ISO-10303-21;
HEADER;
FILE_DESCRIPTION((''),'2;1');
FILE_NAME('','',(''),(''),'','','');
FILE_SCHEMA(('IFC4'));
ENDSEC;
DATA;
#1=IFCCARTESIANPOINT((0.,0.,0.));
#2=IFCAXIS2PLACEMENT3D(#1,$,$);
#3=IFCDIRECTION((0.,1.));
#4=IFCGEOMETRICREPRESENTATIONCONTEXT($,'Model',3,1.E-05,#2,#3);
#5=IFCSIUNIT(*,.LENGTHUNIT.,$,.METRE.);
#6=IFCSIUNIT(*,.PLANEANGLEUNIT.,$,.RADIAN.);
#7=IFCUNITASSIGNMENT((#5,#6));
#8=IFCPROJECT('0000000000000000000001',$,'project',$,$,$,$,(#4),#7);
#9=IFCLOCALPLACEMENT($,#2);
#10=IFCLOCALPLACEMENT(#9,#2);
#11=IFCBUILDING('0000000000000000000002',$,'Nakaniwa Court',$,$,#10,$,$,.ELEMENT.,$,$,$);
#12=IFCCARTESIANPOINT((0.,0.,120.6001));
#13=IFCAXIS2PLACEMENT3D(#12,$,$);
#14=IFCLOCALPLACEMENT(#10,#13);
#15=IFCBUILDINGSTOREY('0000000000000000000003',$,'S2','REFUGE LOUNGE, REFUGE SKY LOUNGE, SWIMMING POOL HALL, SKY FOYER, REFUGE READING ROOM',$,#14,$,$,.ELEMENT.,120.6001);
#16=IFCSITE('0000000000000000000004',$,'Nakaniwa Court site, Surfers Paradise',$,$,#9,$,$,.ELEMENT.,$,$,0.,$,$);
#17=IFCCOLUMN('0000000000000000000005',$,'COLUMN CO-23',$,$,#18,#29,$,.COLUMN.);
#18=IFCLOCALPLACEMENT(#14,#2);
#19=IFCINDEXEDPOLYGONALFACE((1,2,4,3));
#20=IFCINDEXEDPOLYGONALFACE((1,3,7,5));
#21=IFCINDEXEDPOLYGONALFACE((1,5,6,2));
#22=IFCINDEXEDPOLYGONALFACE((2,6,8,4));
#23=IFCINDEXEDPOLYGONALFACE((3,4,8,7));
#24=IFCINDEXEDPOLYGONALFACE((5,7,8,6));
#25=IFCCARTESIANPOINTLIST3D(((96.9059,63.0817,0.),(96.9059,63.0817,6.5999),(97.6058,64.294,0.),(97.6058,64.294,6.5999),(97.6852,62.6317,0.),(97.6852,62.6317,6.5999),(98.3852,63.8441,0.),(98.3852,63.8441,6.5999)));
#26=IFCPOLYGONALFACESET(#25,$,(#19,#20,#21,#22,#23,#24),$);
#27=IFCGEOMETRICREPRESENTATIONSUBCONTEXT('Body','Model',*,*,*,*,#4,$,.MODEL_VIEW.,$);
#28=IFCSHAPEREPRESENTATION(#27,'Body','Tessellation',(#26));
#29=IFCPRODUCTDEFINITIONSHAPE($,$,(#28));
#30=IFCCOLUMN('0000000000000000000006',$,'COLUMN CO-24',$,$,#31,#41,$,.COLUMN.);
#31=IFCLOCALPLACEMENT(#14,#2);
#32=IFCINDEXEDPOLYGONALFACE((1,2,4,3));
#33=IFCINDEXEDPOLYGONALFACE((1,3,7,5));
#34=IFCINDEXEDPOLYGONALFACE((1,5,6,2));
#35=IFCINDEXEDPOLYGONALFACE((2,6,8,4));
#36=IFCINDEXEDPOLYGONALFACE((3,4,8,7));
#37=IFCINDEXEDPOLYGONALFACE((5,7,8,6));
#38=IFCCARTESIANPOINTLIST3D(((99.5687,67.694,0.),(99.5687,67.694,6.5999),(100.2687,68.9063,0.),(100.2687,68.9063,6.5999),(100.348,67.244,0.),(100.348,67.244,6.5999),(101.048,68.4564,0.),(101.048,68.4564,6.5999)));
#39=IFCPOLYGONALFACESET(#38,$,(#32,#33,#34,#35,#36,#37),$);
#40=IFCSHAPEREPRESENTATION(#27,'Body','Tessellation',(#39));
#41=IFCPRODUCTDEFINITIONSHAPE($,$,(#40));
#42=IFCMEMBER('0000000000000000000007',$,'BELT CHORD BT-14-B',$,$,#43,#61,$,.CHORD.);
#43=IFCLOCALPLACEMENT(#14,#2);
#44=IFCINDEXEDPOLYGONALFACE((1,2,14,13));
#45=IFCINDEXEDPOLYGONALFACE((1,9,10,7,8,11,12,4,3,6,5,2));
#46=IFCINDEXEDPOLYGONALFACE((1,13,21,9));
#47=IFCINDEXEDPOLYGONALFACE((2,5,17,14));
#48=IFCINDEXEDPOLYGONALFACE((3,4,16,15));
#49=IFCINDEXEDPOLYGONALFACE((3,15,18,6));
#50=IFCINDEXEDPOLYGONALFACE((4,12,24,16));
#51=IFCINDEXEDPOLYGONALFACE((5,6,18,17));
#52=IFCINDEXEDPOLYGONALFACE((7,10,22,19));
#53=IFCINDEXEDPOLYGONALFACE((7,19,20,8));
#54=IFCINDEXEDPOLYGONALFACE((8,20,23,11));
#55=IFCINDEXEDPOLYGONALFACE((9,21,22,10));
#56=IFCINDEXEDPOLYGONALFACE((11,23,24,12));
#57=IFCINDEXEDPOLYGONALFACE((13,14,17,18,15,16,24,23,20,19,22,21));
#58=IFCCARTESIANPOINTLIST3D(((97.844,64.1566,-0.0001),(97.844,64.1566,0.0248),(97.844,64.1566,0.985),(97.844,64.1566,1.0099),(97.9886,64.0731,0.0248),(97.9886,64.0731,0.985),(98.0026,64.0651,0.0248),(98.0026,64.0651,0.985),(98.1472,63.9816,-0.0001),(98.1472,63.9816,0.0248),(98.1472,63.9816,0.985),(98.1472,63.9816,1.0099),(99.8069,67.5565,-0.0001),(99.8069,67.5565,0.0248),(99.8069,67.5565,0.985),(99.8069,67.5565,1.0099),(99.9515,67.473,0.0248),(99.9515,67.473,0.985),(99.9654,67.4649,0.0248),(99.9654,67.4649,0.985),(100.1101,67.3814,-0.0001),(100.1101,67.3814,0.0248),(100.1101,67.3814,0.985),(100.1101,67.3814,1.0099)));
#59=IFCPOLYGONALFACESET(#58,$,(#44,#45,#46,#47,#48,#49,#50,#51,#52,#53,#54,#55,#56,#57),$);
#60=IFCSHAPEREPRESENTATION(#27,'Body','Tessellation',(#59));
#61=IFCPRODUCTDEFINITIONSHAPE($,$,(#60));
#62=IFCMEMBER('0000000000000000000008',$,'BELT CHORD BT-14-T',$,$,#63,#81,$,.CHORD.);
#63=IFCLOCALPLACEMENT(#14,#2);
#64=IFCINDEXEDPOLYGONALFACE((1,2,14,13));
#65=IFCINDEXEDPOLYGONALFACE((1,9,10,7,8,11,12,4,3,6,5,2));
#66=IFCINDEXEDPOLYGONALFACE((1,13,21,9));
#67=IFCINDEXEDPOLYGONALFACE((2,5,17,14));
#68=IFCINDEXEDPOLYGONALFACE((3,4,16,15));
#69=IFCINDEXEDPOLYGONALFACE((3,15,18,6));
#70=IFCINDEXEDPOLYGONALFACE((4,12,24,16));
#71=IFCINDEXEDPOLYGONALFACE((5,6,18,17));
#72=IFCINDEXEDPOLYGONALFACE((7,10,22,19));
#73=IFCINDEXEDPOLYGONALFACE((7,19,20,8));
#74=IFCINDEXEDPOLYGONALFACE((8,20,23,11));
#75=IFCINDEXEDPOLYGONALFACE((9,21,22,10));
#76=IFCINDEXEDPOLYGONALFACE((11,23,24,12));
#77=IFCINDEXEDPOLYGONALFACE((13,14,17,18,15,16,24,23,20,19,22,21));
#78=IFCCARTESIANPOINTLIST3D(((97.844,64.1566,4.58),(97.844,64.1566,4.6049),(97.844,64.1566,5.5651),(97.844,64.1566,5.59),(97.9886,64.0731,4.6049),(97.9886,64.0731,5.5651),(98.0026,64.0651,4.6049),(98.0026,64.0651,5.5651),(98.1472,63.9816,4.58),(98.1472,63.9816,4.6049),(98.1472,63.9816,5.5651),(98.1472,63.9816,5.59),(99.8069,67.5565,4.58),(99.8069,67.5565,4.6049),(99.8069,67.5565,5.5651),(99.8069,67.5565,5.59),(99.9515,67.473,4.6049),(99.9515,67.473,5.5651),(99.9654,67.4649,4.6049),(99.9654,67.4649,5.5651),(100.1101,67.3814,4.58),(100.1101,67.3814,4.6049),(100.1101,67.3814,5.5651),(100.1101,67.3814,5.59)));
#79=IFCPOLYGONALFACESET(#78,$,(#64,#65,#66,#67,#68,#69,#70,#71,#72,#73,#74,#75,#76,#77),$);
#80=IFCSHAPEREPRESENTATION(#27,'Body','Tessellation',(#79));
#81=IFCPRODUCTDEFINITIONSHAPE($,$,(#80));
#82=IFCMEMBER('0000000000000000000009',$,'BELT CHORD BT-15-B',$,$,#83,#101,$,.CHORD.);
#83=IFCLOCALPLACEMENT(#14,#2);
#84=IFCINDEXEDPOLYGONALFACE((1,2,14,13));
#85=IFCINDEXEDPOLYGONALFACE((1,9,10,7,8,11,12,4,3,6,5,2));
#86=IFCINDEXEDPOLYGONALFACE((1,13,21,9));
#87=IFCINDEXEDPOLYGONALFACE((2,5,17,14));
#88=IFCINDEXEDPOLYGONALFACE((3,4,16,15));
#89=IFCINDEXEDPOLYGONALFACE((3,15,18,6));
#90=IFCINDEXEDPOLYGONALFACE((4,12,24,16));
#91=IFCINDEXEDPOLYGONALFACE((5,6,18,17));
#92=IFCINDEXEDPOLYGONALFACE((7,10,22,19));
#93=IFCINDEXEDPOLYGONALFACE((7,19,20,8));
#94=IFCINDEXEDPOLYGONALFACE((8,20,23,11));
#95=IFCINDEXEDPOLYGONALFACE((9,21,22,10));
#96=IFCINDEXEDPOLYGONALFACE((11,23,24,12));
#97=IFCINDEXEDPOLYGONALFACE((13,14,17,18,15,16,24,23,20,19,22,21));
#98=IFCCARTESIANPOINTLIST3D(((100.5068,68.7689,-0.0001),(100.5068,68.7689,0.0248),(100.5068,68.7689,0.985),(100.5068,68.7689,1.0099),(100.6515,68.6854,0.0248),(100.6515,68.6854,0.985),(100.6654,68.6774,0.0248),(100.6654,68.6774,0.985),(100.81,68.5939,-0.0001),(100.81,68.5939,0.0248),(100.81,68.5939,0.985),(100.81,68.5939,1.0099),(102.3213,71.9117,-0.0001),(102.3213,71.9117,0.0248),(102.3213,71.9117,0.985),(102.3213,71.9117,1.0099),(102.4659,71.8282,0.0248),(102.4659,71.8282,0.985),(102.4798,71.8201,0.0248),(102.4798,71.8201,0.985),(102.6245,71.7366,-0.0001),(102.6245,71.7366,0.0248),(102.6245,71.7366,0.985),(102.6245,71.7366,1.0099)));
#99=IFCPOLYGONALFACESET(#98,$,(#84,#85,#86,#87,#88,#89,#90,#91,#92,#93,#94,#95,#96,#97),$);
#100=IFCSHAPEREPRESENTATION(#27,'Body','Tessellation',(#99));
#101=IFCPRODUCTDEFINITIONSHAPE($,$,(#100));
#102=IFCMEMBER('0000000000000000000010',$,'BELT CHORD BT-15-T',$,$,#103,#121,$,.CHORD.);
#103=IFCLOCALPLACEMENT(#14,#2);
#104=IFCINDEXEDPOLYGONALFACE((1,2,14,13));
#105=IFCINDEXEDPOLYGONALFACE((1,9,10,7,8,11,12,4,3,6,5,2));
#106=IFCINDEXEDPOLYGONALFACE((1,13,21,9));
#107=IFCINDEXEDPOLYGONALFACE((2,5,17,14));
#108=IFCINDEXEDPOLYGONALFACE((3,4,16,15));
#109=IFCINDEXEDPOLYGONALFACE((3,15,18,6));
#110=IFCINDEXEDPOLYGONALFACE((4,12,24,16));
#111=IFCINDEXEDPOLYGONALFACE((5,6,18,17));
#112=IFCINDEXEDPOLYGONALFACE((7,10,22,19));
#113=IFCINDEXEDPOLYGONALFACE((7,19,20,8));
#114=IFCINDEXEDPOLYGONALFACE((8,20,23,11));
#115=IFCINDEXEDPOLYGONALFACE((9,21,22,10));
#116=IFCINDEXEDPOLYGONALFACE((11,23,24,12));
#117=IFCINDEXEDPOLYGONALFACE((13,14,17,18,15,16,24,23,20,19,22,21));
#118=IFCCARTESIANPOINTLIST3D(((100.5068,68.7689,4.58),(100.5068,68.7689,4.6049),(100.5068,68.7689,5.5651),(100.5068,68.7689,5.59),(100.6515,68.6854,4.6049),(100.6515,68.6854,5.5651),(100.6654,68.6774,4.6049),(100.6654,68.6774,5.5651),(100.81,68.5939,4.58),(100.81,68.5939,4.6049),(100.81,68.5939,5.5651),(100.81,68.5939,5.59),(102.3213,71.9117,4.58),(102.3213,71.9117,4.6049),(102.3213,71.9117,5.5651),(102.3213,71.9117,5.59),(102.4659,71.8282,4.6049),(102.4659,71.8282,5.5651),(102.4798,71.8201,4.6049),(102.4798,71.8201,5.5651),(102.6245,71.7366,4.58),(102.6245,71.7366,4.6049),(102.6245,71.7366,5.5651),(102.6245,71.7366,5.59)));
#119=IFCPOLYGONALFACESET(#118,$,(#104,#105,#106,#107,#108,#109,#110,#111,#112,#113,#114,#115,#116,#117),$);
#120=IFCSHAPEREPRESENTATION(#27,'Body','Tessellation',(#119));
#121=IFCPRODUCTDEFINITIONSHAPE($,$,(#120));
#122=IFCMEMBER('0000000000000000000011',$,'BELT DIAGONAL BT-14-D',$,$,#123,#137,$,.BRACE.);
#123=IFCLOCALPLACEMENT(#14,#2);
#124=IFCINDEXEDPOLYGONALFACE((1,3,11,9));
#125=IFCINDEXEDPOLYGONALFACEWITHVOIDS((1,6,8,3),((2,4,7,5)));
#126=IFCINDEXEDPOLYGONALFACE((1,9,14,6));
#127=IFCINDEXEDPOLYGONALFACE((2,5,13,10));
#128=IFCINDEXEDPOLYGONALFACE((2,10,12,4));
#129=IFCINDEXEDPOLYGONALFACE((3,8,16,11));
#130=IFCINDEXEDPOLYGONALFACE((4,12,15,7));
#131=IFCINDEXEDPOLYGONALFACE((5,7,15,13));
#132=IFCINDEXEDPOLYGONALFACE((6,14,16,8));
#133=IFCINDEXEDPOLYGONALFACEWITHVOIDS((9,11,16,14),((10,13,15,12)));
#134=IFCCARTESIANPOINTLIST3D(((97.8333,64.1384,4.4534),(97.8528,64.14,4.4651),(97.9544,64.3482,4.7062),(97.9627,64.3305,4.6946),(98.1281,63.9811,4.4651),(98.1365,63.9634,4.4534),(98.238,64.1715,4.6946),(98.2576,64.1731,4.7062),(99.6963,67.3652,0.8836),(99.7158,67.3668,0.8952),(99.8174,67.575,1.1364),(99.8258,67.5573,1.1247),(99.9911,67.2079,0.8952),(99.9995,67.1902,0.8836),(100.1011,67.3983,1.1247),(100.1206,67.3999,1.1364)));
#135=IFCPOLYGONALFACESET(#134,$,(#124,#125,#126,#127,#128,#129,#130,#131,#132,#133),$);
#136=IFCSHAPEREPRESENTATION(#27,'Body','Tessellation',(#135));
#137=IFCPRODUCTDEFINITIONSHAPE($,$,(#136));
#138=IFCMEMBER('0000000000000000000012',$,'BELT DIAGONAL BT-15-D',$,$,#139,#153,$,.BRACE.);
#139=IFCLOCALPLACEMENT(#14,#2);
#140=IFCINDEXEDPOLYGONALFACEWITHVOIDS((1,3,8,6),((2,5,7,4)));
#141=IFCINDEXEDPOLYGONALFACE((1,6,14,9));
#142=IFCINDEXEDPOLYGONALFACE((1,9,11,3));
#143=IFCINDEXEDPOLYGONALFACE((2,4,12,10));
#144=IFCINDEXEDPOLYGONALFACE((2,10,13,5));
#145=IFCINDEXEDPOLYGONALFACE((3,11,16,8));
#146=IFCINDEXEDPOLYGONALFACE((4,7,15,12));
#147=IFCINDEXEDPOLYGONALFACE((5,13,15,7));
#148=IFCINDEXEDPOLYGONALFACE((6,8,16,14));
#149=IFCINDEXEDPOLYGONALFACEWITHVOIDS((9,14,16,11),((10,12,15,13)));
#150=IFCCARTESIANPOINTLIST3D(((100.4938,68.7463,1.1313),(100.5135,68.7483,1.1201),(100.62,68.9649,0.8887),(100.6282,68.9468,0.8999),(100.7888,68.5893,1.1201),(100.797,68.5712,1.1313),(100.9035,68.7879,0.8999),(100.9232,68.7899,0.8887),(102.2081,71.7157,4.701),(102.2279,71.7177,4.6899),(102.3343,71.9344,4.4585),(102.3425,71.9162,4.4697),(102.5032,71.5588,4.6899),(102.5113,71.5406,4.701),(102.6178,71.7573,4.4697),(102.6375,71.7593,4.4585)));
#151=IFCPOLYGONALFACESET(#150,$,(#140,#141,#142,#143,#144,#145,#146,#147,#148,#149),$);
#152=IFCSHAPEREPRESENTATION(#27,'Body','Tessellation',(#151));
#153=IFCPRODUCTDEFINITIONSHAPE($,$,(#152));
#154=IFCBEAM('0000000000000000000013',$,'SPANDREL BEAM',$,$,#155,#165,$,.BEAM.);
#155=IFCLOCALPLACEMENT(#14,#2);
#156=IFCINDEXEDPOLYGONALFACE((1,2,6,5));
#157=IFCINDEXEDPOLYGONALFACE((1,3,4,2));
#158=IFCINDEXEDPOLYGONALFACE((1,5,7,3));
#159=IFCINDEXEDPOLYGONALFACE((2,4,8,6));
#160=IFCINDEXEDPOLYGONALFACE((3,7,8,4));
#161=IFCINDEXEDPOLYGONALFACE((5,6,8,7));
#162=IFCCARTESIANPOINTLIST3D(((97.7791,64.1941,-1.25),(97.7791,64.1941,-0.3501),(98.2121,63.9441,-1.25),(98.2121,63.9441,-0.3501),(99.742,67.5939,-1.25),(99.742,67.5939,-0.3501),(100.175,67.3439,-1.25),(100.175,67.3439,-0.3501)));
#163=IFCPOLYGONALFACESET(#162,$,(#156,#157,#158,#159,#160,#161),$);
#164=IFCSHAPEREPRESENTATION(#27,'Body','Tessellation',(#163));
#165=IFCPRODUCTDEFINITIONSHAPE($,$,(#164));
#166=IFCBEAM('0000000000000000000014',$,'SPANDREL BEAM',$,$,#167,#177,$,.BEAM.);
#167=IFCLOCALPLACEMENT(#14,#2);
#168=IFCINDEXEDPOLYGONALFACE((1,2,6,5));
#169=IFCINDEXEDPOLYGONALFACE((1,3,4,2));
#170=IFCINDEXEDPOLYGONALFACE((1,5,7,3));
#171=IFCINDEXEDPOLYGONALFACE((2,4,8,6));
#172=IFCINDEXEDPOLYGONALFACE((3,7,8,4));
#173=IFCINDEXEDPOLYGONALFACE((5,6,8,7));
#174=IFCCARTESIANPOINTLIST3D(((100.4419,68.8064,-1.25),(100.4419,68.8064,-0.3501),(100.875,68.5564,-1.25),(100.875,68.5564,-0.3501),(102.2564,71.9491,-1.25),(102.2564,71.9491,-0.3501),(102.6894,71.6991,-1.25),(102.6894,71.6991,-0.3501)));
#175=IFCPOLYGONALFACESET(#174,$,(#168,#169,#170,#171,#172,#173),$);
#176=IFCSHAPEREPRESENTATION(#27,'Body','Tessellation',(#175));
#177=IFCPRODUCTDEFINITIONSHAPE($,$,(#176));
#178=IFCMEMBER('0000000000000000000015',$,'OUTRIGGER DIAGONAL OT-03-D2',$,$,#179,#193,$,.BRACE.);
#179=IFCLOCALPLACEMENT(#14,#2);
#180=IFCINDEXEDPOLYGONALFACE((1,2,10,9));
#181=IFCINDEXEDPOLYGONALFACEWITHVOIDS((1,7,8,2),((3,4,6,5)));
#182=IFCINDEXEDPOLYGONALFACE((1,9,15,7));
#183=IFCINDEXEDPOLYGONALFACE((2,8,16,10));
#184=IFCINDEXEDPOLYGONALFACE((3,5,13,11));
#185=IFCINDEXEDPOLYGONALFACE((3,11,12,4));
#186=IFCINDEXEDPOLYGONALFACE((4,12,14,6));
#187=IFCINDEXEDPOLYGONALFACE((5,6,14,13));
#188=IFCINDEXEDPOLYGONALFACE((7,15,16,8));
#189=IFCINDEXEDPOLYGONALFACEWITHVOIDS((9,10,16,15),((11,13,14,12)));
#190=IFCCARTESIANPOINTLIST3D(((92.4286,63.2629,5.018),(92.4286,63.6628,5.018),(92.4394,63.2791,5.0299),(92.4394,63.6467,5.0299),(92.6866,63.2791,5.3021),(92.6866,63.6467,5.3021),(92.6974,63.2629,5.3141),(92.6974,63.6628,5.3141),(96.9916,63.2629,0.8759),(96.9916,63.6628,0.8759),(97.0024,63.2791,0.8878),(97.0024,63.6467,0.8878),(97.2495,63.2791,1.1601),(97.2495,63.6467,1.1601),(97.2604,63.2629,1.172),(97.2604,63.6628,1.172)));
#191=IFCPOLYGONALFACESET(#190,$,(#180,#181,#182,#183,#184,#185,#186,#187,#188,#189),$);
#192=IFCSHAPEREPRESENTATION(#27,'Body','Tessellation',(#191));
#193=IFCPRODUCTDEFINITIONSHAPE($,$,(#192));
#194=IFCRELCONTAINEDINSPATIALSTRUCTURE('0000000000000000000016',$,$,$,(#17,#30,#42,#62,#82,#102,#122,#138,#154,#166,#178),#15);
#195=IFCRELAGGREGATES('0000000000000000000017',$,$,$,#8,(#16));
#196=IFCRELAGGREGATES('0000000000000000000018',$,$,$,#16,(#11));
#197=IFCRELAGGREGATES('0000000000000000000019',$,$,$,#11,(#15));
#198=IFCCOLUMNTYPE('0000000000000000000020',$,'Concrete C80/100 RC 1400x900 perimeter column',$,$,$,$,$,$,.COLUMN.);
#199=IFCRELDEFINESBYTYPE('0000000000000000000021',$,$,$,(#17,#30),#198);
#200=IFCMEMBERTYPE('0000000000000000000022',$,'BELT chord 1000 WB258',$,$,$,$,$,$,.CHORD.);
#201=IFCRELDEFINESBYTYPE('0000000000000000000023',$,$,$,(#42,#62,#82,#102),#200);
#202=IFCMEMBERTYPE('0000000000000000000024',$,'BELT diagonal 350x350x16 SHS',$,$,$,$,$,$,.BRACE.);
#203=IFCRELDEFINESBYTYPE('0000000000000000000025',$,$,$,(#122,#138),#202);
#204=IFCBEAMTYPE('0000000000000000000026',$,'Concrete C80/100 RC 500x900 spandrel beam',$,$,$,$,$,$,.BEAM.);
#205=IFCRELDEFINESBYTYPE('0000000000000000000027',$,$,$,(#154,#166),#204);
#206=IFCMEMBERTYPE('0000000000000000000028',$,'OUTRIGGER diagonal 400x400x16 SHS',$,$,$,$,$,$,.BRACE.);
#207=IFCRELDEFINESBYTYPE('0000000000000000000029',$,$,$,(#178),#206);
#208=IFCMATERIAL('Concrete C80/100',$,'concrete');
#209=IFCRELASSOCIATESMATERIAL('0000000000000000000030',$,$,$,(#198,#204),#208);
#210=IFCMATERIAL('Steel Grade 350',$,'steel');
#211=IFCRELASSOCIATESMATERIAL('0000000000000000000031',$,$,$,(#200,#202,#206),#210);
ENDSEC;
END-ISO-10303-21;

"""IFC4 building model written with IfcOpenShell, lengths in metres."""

from ifc_helpers import new_model, si_unit, direction, frame, origin, origin_2d, place, context, subcontext, project, spatial, rectangle, hollow_rectangle, i_section, extrude, material, material_profile, profile_set, type_object, element, save


model = new_model("IFC4")

# Units and contexts
model_context = context("Model", 3, precision=1e-05, world=origin(), true_north=direction((0.0, 1.0)))
body_context = subcontext(model_context, "Body", "Model", "MODEL_VIEW")
ifc_project = project(units=[si_unit("LENGTHUNIT", "METRE"), si_unit("PLANEANGLEUNIT", "RADIAN")], contexts=[model_context])

# Site, building, storey
site_placement = place(None, origin())
site = spatial("IfcSite", under=ifc_project, at=site_placement, Name="Nakaniwa Court site, Surfers Paradise", CompositionType="ELEMENT", RefElevation=0.0)
building_placement = place(site_placement, origin())
building = spatial("IfcBuilding", under=site, at=building_placement, Name="Nakaniwa Court", CompositionType="ELEMENT")
storey_placement = place(building_placement, frame((0.0, 0.0, 120.6001)))
storey = spatial("IfcBuildingStorey", under=building, at=storey_placement, Name="S2", Description="REFUGE LOUNGE, REFUGE SKY LOUNGE, SWIMMING POOL HALL, SKY FOYER, REFUGE READING ROOM", CompositionType="ELEMENT", Elevation=120.6001)

# Columns
ifc_material_1 = material(Name="Concrete C80/100", Category="concrete")
ifc_material_profile_1 = material_profile(ifc_material_1, rectangle(XDim=1.3999, YDim=0.8999, at=origin_2d()), Name="Concrete C80/100 RC 1400x900 perimeter column")
ifc_profile_set_1 = profile_set([ifc_material_profile_1], Name="Concrete C80/100")
column_type = type_object("IfcColumnType", Name="Concrete C80/100 RC 1400x900 perimeter column", PredefinedType="COLUMN", material=ifc_profile_set_1)
for number, where, z_axis, x_axis, name in (
    (1, (97.6455, 63.4629, 0.0), (0.0, 0.0, 1.0), (0.5, 0.866025, 0.0), "COLUMN CO-23"),
    (2, (100.3083, 68.0752, 0.0), (0.0, 0.0, 1.0), (0.5, 0.866025, 0.0), "COLUMN CO-24"),
):
    element("IfcColumn", number, at=place(storey_placement, frame(where, z_axis=z_axis, x_axis=x_axis)), inside=storey, type_object=column_type, Name=name, PredefinedType="COLUMN", context=body_context, shape_type="SweptSolid", body=[
        extrude(rectangle(XDim=1.3999, YDim=0.8999, at=origin_2d()), origin(), (0.0, 0.0, 1.0), 6.5999),
    ])

# Members
ifc_material_2 = material(Name="Steel Grade 350", Category="steel")
ifc_material_profile_2 = material_profile(ifc_material_2, i_section(OverallWidth=0.3501, OverallDepth=1.01, WebThickness=0.0161, FlangeThickness=0.0249, at=origin_2d()), Name="1000WB258")
ifc_profile_set_2 = profile_set([ifc_material_profile_2], Name="Steel Grade 350")
member_type_1 = type_object("IfcMemberType", Name="BELT chord 1000 WB258", PredefinedType="CHORD", material=ifc_profile_set_2)
for number, where, z_axis, x_axis, name in (
    (3, (97.9956, 64.0691, 0.5049), (0.499992, 0.86603, 0.0), (-0.86603, 0.499992, 0.0), "BELT CHORD BT-14-B"),
    (4, (97.9956, 64.0691, 5.085), (0.499992, 0.86603, 0.0), (-0.86603, 0.499992, 0.0), "BELT CHORD BT-14-T"),
):
    element("IfcMember", number, at=place(storey_placement, frame(where, z_axis=z_axis, x_axis=x_axis)), inside=storey, type_object=member_type_1, Name=name, PredefinedType="CHORD", context=body_context, shape_type="SweptSolid", body=[
        extrude(i_section(OverallWidth=0.3501, OverallDepth=1.01, WebThickness=0.0161, FlangeThickness=0.0249, at=origin_2d()), origin(), (0.0, 0.0, 1.0), 3.9258),
    ])
for number, where, z_axis, x_axis, name in (
    (5, (100.6584, 68.6814, 0.5049), (0.499988, 0.866032, 0.0), (-0.866032, 0.499988, 0.0), "BELT CHORD BT-15-B"),
    (6, (100.6584, 68.6814, 5.085), (0.499988, 0.866032, 0.0), (-0.866032, 0.499988, 0.0), "BELT CHORD BT-15-T"),
):
    element("IfcMember", number, at=place(storey_placement, frame(where, z_axis=z_axis, x_axis=x_axis)), inside=storey, type_object=member_type_1, Name=name, PredefinedType="CHORD", context=body_context, shape_type="SweptSolid", body=[
        extrude(i_section(OverallWidth=0.3501, OverallDepth=1.01, WebThickness=0.0161, FlangeThickness=0.0249, at=origin_2d()), origin(), (0.0, 0.0, 1.0), 3.6289),
    ])
ifc_material_profile_3 = material_profile(ifc_material_2, hollow_rectangle(XDim=0.3501, YDim=0.3501, WallThickness=0.0161, at=origin_2d()), Name="BELT diagonal 350x350x16 SHS")
ifc_profile_set_3 = profile_set([ifc_material_profile_3], Name="Steel Grade 350")
member_type_2 = type_object("IfcMemberType", Name="BELT diagonal 350x350x16 SHS", PredefinedType="BRACE", material=ifc_profile_set_3)
member_1_placement = place(storey_placement, frame((98.0454, 64.1558, 4.5798), z_axis=(0.361045, 0.625336, -0.69181), x_axis=(-0.866021, 0.500008, 0.0)))
element("IfcMember", 7, at=member_1_placement, inside=storey, type_object=member_type_2, Name="BELT DIAGONAL BT-14-D", PredefinedType="BRACE", context=body_context, shape_type="SweptSolid", body=[
    extrude(hollow_rectangle(XDim=0.3501, YDim=0.3501, WallThickness=0.0161, at=origin_2d()), origin(), (0.0, 0.0, 1.0), 5.1602),
])
member_2_placement = place(storey_placement, frame((100.7085, 68.7681, 1.01), z_axis=(0.346349, 0.59992, 0.721206), x_axis=(-0.866035, 0.499983, 0.0)))
element("IfcMember", 8, at=member_2_placement, inside=storey, type_object=member_type_2, Name="BELT DIAGONAL BT-15-D", PredefinedType="BRACE", context=body_context, shape_type="SweptSolid", body=[
    extrude(hollow_rectangle(XDim=0.3501, YDim=0.3501, WallThickness=0.0161, at=origin_2d()), origin(), (0.0, 0.0, 1.0), 4.9497),
])

# Beams
ifc_material_profile_4 = material_profile(ifc_material_1, rectangle(XDim=0.5, YDim=0.8999, at=origin_2d()), Name="Concrete C80/100 RC 500x900 spandrel beam")
ifc_profile_set_4 = profile_set([ifc_material_profile_4], Name="Concrete C80/100")
beam_type = type_object("IfcBeamType", Name="Concrete C80/100 RC 500x900 spandrel beam", PredefinedType="BEAM", material=ifc_profile_set_4)
beam_1_placement = place(storey_placement, frame((97.9956, 64.0691, -0.8), z_axis=(0.499992, 0.86603, 0.0), x_axis=(-0.86603, 0.499992, 0.0)))
element("IfcBeam", 9, at=beam_1_placement, inside=storey, type_object=beam_type, Name="SPANDREL BEAM", PredefinedType="BEAM", context=body_context, shape_type="SweptSolid", body=[
    extrude(rectangle(XDim=0.5, YDim=0.8999, at=origin_2d()), origin(), (0.0, 0.0, 1.0), 3.9258),
])
beam_2_placement = place(storey_placement, frame((100.6584, 68.6814, -0.8), z_axis=(0.499988, 0.866032, 0.0), x_axis=(-0.866032, 0.499988, 0.0)))
element("IfcBeam", 10, at=beam_2_placement, inside=storey, type_object=beam_type, Name="SPANDREL BEAM", PredefinedType="BEAM", context=body_context, shape_type="SweptSolid", body=[
    extrude(rectangle(XDim=0.5, YDim=0.8999, at=origin_2d()), origin(), (0.0, 0.0, 1.0), 3.6289),
])

# Member
ifc_material_profile_5 = material_profile(ifc_material_2, hollow_rectangle(XDim=0.3999, YDim=0.3999, WallThickness=0.0161, at=origin_2d()), Name="OUTRIGGER diagonal 400x400x16 SHS")
ifc_profile_set_5 = profile_set([ifc_material_profile_5], Name="Steel Grade 350")
member_type_3 = type_object("IfcMemberType", Name="OUTRIGGER diagonal 400x400x16 SHS", PredefinedType="BRACE", material=ifc_profile_set_5)
member_3_placement = place(storey_placement, frame((92.563, 63.4629, 5.166), z_axis=(0.740431, 0.0, -0.672132), x_axis=(0.0, 1.0, 0.0)))
element("IfcMember", 11, at=member_3_placement, inside=storey, type_object=member_type_3, Name="OUTRIGGER DIAGONAL OT-03-D2", PredefinedType="BRACE", context=body_context, shape_type="SweptSolid", body=[
    extrude(hollow_rectangle(XDim=0.3999, YDim=0.3999, WallThickness=0.0161, at=origin_2d()), origin(), (0.0, 0.0, 1.0), 6.1626),
])

save(model, "model.ifc")
